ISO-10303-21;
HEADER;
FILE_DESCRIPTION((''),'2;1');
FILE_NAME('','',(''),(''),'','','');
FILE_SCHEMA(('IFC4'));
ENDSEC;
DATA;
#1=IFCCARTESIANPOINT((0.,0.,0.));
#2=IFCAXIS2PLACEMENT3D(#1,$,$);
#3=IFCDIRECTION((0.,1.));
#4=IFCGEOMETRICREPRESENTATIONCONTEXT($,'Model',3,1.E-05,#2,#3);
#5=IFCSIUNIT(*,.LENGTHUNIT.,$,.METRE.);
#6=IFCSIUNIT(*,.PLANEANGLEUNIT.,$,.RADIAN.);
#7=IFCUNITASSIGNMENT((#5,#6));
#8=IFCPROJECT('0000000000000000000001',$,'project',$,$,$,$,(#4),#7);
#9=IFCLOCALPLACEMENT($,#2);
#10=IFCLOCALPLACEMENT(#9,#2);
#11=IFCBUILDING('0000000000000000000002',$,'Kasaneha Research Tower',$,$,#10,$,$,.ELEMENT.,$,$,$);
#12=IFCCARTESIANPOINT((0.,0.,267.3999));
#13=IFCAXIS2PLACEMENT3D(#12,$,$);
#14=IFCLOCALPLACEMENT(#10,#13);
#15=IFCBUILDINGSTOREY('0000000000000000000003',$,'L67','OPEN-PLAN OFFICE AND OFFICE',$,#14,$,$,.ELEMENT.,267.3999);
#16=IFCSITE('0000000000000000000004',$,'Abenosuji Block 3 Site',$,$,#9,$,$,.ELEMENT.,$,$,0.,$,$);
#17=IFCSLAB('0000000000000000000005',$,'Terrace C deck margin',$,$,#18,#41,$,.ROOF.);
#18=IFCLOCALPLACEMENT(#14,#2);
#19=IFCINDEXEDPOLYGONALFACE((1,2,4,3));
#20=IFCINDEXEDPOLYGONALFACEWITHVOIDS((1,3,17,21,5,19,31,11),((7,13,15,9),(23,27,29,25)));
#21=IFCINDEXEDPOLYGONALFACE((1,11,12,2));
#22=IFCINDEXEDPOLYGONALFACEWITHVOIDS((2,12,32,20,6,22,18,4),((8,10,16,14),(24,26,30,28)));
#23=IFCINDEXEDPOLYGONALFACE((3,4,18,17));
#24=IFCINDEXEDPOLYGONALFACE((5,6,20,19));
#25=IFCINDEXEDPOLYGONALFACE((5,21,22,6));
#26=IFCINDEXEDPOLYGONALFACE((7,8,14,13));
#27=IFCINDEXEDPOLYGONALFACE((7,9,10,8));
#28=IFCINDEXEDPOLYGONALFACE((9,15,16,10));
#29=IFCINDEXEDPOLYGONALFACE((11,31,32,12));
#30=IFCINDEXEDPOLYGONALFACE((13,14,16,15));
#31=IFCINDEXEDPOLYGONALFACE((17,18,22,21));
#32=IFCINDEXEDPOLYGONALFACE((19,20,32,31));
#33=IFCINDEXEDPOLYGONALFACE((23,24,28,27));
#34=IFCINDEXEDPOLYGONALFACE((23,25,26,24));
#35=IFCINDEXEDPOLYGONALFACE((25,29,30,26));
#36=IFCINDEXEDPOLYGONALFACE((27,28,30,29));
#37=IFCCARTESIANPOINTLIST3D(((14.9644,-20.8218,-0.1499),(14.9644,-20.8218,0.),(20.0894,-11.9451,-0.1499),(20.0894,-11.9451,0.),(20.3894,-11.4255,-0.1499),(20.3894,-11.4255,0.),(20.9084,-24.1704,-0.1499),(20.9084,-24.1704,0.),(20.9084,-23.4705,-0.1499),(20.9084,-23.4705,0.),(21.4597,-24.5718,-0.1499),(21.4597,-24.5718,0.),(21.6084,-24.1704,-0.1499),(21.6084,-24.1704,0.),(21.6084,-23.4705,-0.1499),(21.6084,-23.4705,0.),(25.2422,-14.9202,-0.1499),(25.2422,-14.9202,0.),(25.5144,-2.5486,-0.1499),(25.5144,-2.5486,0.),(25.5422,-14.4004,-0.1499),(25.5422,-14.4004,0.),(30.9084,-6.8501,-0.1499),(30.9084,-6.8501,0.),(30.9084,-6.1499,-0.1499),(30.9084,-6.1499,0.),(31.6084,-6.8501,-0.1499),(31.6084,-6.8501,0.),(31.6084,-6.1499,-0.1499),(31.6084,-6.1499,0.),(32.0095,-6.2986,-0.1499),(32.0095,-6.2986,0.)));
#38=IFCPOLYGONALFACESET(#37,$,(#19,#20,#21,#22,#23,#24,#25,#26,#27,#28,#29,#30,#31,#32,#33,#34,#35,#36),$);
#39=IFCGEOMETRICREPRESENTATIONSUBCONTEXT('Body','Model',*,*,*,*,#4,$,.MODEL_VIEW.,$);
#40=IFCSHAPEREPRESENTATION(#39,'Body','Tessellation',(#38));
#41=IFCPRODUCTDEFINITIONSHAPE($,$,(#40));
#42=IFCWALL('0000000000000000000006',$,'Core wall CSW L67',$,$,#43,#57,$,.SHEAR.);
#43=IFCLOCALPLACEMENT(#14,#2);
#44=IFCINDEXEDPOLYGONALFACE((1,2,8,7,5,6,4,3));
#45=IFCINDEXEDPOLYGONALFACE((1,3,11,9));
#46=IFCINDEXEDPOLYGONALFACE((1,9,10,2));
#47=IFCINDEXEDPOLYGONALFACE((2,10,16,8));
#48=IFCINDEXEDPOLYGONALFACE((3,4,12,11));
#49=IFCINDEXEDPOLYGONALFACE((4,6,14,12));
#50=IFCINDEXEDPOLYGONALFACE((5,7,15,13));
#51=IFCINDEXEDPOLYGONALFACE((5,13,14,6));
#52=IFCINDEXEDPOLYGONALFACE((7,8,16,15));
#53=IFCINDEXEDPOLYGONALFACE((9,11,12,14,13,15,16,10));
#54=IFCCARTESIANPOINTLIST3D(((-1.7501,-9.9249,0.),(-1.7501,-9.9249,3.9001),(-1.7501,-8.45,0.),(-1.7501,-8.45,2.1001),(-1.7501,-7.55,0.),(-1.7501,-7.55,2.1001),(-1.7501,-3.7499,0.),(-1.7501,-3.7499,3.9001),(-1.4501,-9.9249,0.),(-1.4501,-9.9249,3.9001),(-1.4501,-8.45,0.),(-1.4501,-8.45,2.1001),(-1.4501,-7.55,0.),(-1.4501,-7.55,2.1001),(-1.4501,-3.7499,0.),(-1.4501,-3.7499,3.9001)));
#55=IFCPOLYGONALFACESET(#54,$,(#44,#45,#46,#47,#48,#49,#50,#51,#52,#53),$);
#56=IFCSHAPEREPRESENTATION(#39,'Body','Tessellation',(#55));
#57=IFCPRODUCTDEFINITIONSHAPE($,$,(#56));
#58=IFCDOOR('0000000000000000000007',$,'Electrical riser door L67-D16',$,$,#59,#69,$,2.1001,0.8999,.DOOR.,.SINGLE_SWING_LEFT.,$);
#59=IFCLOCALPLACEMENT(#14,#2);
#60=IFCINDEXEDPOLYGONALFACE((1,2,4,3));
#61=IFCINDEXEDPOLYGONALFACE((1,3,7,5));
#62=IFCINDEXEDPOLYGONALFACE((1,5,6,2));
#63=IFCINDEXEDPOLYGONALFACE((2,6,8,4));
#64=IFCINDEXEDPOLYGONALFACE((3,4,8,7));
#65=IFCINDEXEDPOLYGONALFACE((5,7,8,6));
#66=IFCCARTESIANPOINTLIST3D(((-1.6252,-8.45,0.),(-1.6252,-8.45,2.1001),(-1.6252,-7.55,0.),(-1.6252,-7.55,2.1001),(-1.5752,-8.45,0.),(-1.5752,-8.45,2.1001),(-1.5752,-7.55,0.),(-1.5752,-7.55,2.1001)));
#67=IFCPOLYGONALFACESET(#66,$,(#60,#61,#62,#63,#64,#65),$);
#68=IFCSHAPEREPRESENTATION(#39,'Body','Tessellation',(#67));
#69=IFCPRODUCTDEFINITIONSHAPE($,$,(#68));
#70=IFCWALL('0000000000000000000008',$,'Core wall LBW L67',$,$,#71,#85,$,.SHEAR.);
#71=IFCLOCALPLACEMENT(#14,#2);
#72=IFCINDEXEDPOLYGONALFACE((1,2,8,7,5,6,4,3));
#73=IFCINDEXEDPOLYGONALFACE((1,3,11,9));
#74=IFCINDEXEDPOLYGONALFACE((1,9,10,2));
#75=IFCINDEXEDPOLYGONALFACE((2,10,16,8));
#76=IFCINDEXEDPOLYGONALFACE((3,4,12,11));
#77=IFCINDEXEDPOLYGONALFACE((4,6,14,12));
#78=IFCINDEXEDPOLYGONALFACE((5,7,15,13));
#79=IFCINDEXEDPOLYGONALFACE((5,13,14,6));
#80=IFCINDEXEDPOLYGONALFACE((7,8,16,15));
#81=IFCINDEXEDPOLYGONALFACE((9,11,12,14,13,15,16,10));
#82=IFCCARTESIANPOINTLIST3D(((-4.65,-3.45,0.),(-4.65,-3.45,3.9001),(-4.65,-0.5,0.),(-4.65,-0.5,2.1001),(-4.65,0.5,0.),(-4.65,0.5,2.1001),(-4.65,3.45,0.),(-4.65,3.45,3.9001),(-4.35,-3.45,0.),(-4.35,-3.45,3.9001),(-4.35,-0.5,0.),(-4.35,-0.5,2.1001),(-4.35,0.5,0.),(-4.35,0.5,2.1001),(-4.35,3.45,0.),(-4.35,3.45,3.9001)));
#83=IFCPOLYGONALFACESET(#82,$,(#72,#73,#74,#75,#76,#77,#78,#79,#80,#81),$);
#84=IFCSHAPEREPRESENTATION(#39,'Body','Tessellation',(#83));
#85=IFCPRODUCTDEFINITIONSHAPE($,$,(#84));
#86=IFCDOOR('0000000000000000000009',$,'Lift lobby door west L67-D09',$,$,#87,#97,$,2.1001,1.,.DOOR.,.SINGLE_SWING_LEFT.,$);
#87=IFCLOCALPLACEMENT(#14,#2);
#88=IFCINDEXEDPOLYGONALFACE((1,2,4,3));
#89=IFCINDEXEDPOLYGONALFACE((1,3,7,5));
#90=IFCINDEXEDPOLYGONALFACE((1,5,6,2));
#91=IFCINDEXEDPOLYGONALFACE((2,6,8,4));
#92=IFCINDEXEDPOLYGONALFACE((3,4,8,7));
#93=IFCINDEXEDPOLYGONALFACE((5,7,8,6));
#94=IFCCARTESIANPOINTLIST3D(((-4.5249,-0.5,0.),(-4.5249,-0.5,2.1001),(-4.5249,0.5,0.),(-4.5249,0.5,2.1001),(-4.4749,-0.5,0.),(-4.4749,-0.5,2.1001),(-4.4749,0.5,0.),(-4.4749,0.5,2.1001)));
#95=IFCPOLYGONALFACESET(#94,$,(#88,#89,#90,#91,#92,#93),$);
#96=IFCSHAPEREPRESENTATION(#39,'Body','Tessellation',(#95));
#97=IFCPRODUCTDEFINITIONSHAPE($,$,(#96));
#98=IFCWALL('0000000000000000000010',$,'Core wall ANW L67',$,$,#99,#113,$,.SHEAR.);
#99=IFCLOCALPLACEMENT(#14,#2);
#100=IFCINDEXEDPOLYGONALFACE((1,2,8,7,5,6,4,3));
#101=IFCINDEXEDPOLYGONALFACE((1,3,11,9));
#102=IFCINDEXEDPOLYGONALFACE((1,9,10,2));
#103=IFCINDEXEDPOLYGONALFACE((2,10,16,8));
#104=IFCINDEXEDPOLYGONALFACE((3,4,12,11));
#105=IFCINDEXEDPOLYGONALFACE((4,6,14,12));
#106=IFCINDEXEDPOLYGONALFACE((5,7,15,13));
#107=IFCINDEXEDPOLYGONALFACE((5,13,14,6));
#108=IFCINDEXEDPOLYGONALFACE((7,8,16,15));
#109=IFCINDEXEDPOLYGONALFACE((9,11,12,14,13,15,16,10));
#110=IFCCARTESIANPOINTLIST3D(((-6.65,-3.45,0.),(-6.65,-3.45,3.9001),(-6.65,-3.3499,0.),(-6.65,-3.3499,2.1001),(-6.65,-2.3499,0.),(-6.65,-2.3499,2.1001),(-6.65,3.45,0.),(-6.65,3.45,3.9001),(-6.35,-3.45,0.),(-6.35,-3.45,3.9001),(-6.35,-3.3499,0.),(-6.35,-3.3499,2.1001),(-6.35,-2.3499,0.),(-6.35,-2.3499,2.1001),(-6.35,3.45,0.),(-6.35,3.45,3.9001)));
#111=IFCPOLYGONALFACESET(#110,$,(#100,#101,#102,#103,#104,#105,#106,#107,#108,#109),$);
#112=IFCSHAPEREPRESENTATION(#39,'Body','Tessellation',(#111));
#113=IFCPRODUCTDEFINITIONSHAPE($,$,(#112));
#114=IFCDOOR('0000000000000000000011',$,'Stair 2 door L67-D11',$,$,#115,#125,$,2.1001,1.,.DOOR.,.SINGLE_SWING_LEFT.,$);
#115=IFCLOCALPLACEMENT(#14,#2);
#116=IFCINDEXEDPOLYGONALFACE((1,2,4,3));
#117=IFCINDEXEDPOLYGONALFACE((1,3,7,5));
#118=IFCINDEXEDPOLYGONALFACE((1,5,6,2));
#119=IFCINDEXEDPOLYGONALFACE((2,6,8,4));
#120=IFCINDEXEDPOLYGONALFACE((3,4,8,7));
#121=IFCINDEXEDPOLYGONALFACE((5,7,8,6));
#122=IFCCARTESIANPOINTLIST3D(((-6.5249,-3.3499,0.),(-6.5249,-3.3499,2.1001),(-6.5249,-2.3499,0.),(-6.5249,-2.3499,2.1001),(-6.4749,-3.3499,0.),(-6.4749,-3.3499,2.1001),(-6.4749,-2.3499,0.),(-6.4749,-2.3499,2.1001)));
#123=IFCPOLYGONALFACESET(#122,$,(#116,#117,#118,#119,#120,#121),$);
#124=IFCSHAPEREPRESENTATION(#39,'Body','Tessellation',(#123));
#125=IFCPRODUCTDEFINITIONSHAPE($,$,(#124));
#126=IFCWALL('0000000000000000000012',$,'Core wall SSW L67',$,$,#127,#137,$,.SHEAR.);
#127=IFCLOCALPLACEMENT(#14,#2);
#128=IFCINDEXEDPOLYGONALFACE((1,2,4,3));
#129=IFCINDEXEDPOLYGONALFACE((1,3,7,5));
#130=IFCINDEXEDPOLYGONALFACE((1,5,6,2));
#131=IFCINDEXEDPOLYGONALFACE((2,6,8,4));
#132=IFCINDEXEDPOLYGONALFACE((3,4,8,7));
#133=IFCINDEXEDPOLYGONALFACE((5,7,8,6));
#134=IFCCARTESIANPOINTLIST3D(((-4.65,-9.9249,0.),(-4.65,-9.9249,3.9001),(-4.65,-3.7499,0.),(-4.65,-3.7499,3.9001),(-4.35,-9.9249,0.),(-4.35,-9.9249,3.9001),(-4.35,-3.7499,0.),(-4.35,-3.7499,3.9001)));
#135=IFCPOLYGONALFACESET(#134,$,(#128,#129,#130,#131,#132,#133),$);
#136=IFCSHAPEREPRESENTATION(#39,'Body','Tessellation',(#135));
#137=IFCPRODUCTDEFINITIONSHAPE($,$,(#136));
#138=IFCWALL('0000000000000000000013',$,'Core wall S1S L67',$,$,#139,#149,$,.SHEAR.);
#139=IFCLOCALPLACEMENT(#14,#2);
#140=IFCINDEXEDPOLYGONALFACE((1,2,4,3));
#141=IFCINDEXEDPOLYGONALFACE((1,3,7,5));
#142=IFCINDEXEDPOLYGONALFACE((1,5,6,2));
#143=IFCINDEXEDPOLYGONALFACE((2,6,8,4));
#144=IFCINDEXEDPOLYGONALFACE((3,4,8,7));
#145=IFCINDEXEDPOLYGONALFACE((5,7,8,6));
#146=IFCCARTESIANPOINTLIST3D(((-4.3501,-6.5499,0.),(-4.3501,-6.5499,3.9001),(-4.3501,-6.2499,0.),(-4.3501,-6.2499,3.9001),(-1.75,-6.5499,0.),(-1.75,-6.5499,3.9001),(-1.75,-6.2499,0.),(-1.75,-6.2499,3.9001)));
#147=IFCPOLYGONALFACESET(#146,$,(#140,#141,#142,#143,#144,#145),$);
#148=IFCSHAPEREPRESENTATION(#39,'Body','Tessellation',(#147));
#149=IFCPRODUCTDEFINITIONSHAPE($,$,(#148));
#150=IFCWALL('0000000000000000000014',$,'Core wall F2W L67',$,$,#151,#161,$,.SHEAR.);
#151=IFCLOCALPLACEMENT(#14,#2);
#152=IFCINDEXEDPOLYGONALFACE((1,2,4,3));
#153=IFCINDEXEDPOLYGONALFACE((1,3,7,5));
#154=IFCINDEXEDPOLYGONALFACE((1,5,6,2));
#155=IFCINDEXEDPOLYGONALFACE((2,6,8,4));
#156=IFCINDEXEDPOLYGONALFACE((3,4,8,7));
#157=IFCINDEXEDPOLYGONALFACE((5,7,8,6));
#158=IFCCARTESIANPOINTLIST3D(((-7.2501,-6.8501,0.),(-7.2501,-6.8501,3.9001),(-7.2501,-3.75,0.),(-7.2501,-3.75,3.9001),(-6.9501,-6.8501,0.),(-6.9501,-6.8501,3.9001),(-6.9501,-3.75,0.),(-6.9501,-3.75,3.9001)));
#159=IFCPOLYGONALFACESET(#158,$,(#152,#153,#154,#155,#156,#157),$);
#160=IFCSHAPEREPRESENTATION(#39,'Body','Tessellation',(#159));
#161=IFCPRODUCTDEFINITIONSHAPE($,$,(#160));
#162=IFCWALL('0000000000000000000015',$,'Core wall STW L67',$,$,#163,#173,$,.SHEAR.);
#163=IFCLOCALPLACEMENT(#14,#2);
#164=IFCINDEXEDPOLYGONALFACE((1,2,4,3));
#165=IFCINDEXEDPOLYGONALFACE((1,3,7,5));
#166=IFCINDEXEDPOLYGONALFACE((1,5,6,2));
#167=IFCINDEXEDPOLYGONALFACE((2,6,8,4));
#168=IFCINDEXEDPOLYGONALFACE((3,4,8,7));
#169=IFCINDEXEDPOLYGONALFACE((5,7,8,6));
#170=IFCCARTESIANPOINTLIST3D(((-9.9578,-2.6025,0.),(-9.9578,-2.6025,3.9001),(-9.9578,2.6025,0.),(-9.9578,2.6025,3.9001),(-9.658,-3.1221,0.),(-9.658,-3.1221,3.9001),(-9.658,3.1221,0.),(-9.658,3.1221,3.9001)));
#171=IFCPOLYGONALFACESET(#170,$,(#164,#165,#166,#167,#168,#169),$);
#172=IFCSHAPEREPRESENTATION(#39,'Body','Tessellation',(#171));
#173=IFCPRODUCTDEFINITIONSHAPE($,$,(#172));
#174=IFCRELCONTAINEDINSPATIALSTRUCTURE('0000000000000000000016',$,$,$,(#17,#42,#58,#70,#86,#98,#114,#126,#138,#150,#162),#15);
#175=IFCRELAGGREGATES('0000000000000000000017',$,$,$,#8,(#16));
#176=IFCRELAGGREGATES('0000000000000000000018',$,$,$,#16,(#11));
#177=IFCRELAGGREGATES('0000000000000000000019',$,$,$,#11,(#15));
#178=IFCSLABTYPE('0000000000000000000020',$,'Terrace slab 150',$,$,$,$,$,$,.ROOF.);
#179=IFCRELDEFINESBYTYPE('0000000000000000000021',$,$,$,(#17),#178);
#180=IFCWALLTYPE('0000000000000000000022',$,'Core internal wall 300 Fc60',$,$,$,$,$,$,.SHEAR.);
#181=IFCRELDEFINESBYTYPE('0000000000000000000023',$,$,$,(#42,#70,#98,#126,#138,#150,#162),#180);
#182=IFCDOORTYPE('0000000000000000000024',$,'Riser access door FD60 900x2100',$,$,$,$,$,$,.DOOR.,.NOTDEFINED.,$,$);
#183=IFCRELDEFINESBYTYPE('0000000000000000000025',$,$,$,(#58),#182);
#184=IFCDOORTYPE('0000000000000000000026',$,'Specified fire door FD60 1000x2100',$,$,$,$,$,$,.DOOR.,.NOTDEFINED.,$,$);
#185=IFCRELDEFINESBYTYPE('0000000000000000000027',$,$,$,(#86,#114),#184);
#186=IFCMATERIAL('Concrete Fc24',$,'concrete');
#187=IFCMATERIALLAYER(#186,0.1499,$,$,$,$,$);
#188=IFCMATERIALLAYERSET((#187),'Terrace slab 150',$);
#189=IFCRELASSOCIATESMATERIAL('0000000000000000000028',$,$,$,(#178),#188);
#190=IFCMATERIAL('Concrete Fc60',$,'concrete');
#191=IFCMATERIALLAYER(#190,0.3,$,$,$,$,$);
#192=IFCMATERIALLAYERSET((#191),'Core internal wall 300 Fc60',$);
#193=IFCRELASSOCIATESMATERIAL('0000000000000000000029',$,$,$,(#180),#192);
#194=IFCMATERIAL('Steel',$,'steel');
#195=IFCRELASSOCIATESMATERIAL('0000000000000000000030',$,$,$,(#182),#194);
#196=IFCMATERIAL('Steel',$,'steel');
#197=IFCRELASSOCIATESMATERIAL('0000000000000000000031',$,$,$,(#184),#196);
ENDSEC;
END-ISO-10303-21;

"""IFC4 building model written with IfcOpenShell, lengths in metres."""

from ifc_helpers import new_model, si_unit, direction, frame, frame_2d, origin, place, context, subcontext, project, spatial, polyline, rectangle, outline, extrude, material, layer, layer_set, type_object, element, fill, save


model = new_model("IFC4")

# Units and contexts
model_context = context("Model", 3, precision=1e-05, world=origin(), true_north=direction((0.0, 1.0)))
body_context = subcontext(model_context, "Body", "Model", "MODEL_VIEW")
ifc_project = project(units=[si_unit("LENGTHUNIT", "METRE"), si_unit("PLANEANGLEUNIT", "RADIAN")], contexts=[model_context])

# Site, building, storey
site_placement = place(None, origin())
site = spatial("IfcSite", under=ifc_project, at=site_placement, Name="Abenosuji Block 3 Site", CompositionType="ELEMENT", RefElevation=0.0)
building_placement = place(site_placement, origin())
building = spatial("IfcBuilding", under=site, at=building_placement, Name="Kasaneha Research Tower", CompositionType="ELEMENT")
storey_placement = place(building_placement, frame((0.0, 0.0, 267.3999)))
storey = spatial("IfcBuildingStorey", under=building, at=storey_placement, Name="L67", Description="OPEN-PLAN OFFICE AND OFFICE", CompositionType="ELEMENT", Elevation=267.3999)

# Slab
ifc_material_1 = material(Name="Concrete Fc24", Category="concrete")
ifc_layer_1 = layer(ifc_material_1, 0.1499)
ifc_layer_set_1 = layer_set([ifc_layer_1], Name="Terrace slab 150")
slab_type_1 = type_object("IfcSlabType", Name="Terrace slab 150", PredefinedType="ROOF", material=ifc_layer_set_1)
slab_1_placement = place(storey_placement, frame((0.0, 0.0, -0.1499)))
element("IfcSlab", 1, at=slab_1_placement, inside=storey, type_object=slab_type_1, Name="Terrace C deck margin", PredefinedType="ROOF", context=body_context, shape_type="SweptSolid", body=[
    extrude(outline(polyline([(32.0095, -6.2986), (21.4597, -24.5718), (14.9644, -20.8218), (20.0894, -11.9451), (25.2422, -14.9202), (25.5422, -14.4004), (20.3894, -11.4255), (25.5144, -2.5486), (32.0095, -6.2986)]), holes=[polyline([(21.6084, -23.4705), (20.9084, -23.4705), (20.9084, -24.1704), (21.6084, -24.1704), (21.6084, -23.4705)]), polyline([(31.6084, -6.1499), (30.9084, -6.1499), (30.9084, -6.8501), (31.6084, -6.8501), (31.6084, -6.1499)])]), origin(), (0.0, 0.0, 1.0), 0.1499),
])

# Shared definitions
ifc_material_2 = material(Name="Concrete Fc60", Category="concrete")
ifc_layer_2 = layer(ifc_material_2, 0.3)
ifc_layer_set_2 = layer_set([ifc_layer_2], Name="Core internal wall 300 Fc60")
wall_type_1 = type_object("IfcWallType", Name="Core internal wall 300 Fc60", PredefinedType="SHEAR", material=ifc_layer_set_2)

# Walls, openings, doors
wall_1_placement = place(storey_placement, frame((-1.6001, -3.75, 0.0), z_axis=(0.0, 0.0, 1.0), x_axis=(0.0, -1.0, 0.0)))
wall_1 = element("IfcWall", 2, at=wall_1_placement, inside=storey, type_object=wall_type_1, Name="Core wall CSW L67", PredefinedType="SHEAR", context=body_context, shape_type="SweptSolid", body=[
    extrude(rectangle(XDim=6.175, YDim=0.3, at=frame_2d((3.0874, 0.0))), origin(), (0.0, 0.0, 1.0), 3.9001),
])
opening_1_placement = place(wall_1_placement, frame((3.8, 0.0, 0.0)))
opening_1 = element("IfcOpeningElement", 3, at=opening_1_placement, cuts=wall_1, PredefinedType="OPENING", context=body_context, shape_type="SweptSolid", body=[
    extrude(rectangle(XDim=0.8999, YDim=2.1001, at=frame_2d((0.45, 1.05))), frame((0.0, 0.1602, 0.0), z_axis=(0.0, -1.0, 0.0), x_axis=(1.0, 0.0, 0.0)), (0.0, 0.0, 1.0), 0.3201),
])
ifc_material_3 = material(Name="Steel", Category="steel")
door_type_1 = type_object("IfcDoorType", Name="Riser access door FD60 900x2100", OperationType="NOTDEFINED", PredefinedType="DOOR", material=ifc_material_3)
door_1_placement = place(opening_1_placement, origin())
door_1 = element("IfcDoor", 4, at=door_1_placement, inside=storey, type_object=door_type_1, Name="Electrical riser door L67-D16", OperationType="SINGLE_SWING_LEFT", OverallHeight=2.1001, OverallWidth=0.8999, PredefinedType="DOOR", context=body_context, shape_type="SweptSolid", body=[
    extrude(rectangle(XDim=0.8999, YDim=2.1001, at=frame_2d((0.45, 1.05))), frame((0.0, 0.0249, 0.0), z_axis=(0.0, -1.0, 0.0), x_axis=(1.0, 0.0, 0.0)), (0.0, 0.0, 1.0), 0.05),
])
fill(opening_1, door_1)
wall_2_placement = place(storey_placement, frame((-4.5, -3.45, 0.0), z_axis=(0.0, 0.0, 1.0), x_axis=(0.0, 1.0, 0.0)))
wall_2 = element("IfcWall", 5, at=wall_2_placement, inside=storey, type_object=wall_type_1, Name="Core wall LBW L67", PredefinedType="SHEAR", context=body_context, shape_type="SweptSolid", body=[
    extrude(rectangle(XDim=6.8999, YDim=0.3, at=frame_2d((3.45, 0.0))), origin(), (0.0, 0.0, 1.0), 3.9001),
])
opening_2_placement = place(wall_2_placement, frame((2.95, 0.0, 0.0)))
opening_2 = element("IfcOpeningElement", 6, at=opening_2_placement, cuts=wall_2, PredefinedType="OPENING", context=body_context, shape_type="SweptSolid", body=[
    extrude(rectangle(XDim=1.0, YDim=2.1001, at=frame_2d((0.5, 1.05))), frame((0.0, 0.1602, 0.0), z_axis=(0.0, -1.0, 0.0), x_axis=(1.0, 0.0, 0.0)), (0.0, 0.0, 1.0), 0.3201),
])
ifc_material_4 = material(Name="Steel", Category="steel")
door_type_2 = type_object("IfcDoorType", Name="Specified fire door FD60 1000x2100", OperationType="NOTDEFINED", PredefinedType="DOOR", material=ifc_material_4)
door_2_placement = place(opening_2_placement, origin())
door_2 = element("IfcDoor", 7, at=door_2_placement, inside=storey, type_object=door_type_2, Name="Lift lobby door west L67-D09", OperationType="SINGLE_SWING_LEFT", OverallHeight=2.1001, OverallWidth=1.0, PredefinedType="DOOR", context=body_context, shape_type="SweptSolid", body=[
    extrude(rectangle(XDim=1.0, YDim=2.1001, at=frame_2d((0.5, 1.05))), frame((0.0, 0.0249, 0.0), z_axis=(0.0, -1.0, 0.0), x_axis=(1.0, 0.0, 0.0)), (0.0, 0.0, 1.0), 0.05),
])
fill(opening_2, door_2)
wall_3_placement = place(storey_placement, frame((-6.5, -3.45, 0.0), z_axis=(0.0, 0.0, 1.0), x_axis=(0.0, 1.0, 0.0)))
wall_3 = element("IfcWall", 8, at=wall_3_placement, inside=storey, type_object=wall_type_1, Name="Core wall ANW L67", PredefinedType="SHEAR", context=body_context, shape_type="SweptSolid", body=[
    extrude(rectangle(XDim=6.8999, YDim=0.3, at=frame_2d((3.45, 0.0))), origin(), (0.0, 0.0, 1.0), 3.9001),
])
opening_3_placement = place(wall_3_placement, frame((0.1001, 0.0, 0.0)))
opening_3 = element("IfcOpeningElement", 9, at=opening_3_placement, cuts=wall_3, PredefinedType="OPENING", context=body_context, shape_type="SweptSolid", body=[
    extrude(rectangle(XDim=1.0, YDim=2.1001, at=frame_2d((0.5, 1.05))), frame((0.0, 0.1602, 0.0), z_axis=(0.0, -1.0, 0.0), x_axis=(1.0, 0.0, 0.0)), (0.0, 0.0, 1.0), 0.3201),
])
door_3_placement = place(opening_3_placement, origin())
door_3 = element("IfcDoor", 10, at=door_3_placement, inside=storey, type_object=door_type_2, Name="Stair 2 door L67-D11", OperationType="SINGLE_SWING_LEFT", OverallHeight=2.1001, OverallWidth=1.0, PredefinedType="DOOR", context=body_context, shape_type="SweptSolid", body=[
    extrude(rectangle(XDim=1.0, YDim=2.1001, at=frame_2d((0.5, 1.05))), frame((0.0, 0.0249, 0.0), z_axis=(0.0, -1.0, 0.0), x_axis=(1.0, 0.0, 0.0)), (0.0, 0.0, 1.0), 0.05),
])
fill(opening_3, door_3)

# Walls
wall_4_placement = place(storey_placement, frame((-4.5, -3.75, 0.0), z_axis=(0.0, 0.0, 1.0), x_axis=(0.0, -1.0, 0.0)))
element("IfcWall", 11, at=wall_4_placement, inside=storey, type_object=wall_type_1, Name="Core wall SSW L67", PredefinedType="SHEAR", context=body_context, shape_type="SweptSolid", body=[
    extrude(rectangle(XDim=6.175, YDim=0.3, at=frame_2d((3.0874, 0.0))), origin(), (0.0, 0.0, 1.0), 3.9001),
])
wall_5_placement = place(storey_placement, frame((-4.3501, -6.3999, 0.0), z_axis=(0.0, 0.0, 1.0), x_axis=(1.0, 0.0, 0.0)))
element("IfcWall", 12, at=wall_5_placement, inside=storey, type_object=wall_type_1, Name="Core wall S1S L67", PredefinedType="SHEAR", context=body_context, shape_type="SweptSolid", body=[
    extrude(rectangle(XDim=2.6001, YDim=0.3, at=frame_2d((1.3, 0.0))), origin(), (0.0, 0.0, 1.0), 3.9001),
])
wall_6_placement = place(storey_placement, frame((-7.1001, -3.75, 0.0), z_axis=(0.0, 0.0, 1.0), x_axis=(0.0, -1.0, 0.0)))
element("IfcWall", 13, at=wall_6_placement, inside=storey, type_object=wall_type_1, Name="Core wall F2W L67", PredefinedType="SHEAR", context=body_context, shape_type="SweptSolid", body=[
    extrude(rectangle(XDim=3.1001, YDim=0.3, at=frame_2d((1.55, 0.0))), origin(), (0.0, 0.0, 1.0), 3.9001),
])
wall_7_placement = place(storey_placement, frame((-9.8079, -2.8623, 0.0), z_axis=(0.0, 0.0, 1.0), x_axis=(0.0, 1.0, 0.0)))
element("IfcWall", 14, at=wall_7_placement, inside=storey, type_object=wall_type_1, Name="Core wall STW L67", PredefinedType="SHEAR", context=body_context, shape_type="SweptSolid", body=[
    extrude(outline(polyline([(-0.2598, -0.1499), (5.9844, -0.1499), (5.4648, 0.1499), (0.2598, 0.1499), (-0.2598, -0.1499)])), origin(), (0.0, 0.0, 1.0), 3.9001),
])

save(model, "model.ifc")
